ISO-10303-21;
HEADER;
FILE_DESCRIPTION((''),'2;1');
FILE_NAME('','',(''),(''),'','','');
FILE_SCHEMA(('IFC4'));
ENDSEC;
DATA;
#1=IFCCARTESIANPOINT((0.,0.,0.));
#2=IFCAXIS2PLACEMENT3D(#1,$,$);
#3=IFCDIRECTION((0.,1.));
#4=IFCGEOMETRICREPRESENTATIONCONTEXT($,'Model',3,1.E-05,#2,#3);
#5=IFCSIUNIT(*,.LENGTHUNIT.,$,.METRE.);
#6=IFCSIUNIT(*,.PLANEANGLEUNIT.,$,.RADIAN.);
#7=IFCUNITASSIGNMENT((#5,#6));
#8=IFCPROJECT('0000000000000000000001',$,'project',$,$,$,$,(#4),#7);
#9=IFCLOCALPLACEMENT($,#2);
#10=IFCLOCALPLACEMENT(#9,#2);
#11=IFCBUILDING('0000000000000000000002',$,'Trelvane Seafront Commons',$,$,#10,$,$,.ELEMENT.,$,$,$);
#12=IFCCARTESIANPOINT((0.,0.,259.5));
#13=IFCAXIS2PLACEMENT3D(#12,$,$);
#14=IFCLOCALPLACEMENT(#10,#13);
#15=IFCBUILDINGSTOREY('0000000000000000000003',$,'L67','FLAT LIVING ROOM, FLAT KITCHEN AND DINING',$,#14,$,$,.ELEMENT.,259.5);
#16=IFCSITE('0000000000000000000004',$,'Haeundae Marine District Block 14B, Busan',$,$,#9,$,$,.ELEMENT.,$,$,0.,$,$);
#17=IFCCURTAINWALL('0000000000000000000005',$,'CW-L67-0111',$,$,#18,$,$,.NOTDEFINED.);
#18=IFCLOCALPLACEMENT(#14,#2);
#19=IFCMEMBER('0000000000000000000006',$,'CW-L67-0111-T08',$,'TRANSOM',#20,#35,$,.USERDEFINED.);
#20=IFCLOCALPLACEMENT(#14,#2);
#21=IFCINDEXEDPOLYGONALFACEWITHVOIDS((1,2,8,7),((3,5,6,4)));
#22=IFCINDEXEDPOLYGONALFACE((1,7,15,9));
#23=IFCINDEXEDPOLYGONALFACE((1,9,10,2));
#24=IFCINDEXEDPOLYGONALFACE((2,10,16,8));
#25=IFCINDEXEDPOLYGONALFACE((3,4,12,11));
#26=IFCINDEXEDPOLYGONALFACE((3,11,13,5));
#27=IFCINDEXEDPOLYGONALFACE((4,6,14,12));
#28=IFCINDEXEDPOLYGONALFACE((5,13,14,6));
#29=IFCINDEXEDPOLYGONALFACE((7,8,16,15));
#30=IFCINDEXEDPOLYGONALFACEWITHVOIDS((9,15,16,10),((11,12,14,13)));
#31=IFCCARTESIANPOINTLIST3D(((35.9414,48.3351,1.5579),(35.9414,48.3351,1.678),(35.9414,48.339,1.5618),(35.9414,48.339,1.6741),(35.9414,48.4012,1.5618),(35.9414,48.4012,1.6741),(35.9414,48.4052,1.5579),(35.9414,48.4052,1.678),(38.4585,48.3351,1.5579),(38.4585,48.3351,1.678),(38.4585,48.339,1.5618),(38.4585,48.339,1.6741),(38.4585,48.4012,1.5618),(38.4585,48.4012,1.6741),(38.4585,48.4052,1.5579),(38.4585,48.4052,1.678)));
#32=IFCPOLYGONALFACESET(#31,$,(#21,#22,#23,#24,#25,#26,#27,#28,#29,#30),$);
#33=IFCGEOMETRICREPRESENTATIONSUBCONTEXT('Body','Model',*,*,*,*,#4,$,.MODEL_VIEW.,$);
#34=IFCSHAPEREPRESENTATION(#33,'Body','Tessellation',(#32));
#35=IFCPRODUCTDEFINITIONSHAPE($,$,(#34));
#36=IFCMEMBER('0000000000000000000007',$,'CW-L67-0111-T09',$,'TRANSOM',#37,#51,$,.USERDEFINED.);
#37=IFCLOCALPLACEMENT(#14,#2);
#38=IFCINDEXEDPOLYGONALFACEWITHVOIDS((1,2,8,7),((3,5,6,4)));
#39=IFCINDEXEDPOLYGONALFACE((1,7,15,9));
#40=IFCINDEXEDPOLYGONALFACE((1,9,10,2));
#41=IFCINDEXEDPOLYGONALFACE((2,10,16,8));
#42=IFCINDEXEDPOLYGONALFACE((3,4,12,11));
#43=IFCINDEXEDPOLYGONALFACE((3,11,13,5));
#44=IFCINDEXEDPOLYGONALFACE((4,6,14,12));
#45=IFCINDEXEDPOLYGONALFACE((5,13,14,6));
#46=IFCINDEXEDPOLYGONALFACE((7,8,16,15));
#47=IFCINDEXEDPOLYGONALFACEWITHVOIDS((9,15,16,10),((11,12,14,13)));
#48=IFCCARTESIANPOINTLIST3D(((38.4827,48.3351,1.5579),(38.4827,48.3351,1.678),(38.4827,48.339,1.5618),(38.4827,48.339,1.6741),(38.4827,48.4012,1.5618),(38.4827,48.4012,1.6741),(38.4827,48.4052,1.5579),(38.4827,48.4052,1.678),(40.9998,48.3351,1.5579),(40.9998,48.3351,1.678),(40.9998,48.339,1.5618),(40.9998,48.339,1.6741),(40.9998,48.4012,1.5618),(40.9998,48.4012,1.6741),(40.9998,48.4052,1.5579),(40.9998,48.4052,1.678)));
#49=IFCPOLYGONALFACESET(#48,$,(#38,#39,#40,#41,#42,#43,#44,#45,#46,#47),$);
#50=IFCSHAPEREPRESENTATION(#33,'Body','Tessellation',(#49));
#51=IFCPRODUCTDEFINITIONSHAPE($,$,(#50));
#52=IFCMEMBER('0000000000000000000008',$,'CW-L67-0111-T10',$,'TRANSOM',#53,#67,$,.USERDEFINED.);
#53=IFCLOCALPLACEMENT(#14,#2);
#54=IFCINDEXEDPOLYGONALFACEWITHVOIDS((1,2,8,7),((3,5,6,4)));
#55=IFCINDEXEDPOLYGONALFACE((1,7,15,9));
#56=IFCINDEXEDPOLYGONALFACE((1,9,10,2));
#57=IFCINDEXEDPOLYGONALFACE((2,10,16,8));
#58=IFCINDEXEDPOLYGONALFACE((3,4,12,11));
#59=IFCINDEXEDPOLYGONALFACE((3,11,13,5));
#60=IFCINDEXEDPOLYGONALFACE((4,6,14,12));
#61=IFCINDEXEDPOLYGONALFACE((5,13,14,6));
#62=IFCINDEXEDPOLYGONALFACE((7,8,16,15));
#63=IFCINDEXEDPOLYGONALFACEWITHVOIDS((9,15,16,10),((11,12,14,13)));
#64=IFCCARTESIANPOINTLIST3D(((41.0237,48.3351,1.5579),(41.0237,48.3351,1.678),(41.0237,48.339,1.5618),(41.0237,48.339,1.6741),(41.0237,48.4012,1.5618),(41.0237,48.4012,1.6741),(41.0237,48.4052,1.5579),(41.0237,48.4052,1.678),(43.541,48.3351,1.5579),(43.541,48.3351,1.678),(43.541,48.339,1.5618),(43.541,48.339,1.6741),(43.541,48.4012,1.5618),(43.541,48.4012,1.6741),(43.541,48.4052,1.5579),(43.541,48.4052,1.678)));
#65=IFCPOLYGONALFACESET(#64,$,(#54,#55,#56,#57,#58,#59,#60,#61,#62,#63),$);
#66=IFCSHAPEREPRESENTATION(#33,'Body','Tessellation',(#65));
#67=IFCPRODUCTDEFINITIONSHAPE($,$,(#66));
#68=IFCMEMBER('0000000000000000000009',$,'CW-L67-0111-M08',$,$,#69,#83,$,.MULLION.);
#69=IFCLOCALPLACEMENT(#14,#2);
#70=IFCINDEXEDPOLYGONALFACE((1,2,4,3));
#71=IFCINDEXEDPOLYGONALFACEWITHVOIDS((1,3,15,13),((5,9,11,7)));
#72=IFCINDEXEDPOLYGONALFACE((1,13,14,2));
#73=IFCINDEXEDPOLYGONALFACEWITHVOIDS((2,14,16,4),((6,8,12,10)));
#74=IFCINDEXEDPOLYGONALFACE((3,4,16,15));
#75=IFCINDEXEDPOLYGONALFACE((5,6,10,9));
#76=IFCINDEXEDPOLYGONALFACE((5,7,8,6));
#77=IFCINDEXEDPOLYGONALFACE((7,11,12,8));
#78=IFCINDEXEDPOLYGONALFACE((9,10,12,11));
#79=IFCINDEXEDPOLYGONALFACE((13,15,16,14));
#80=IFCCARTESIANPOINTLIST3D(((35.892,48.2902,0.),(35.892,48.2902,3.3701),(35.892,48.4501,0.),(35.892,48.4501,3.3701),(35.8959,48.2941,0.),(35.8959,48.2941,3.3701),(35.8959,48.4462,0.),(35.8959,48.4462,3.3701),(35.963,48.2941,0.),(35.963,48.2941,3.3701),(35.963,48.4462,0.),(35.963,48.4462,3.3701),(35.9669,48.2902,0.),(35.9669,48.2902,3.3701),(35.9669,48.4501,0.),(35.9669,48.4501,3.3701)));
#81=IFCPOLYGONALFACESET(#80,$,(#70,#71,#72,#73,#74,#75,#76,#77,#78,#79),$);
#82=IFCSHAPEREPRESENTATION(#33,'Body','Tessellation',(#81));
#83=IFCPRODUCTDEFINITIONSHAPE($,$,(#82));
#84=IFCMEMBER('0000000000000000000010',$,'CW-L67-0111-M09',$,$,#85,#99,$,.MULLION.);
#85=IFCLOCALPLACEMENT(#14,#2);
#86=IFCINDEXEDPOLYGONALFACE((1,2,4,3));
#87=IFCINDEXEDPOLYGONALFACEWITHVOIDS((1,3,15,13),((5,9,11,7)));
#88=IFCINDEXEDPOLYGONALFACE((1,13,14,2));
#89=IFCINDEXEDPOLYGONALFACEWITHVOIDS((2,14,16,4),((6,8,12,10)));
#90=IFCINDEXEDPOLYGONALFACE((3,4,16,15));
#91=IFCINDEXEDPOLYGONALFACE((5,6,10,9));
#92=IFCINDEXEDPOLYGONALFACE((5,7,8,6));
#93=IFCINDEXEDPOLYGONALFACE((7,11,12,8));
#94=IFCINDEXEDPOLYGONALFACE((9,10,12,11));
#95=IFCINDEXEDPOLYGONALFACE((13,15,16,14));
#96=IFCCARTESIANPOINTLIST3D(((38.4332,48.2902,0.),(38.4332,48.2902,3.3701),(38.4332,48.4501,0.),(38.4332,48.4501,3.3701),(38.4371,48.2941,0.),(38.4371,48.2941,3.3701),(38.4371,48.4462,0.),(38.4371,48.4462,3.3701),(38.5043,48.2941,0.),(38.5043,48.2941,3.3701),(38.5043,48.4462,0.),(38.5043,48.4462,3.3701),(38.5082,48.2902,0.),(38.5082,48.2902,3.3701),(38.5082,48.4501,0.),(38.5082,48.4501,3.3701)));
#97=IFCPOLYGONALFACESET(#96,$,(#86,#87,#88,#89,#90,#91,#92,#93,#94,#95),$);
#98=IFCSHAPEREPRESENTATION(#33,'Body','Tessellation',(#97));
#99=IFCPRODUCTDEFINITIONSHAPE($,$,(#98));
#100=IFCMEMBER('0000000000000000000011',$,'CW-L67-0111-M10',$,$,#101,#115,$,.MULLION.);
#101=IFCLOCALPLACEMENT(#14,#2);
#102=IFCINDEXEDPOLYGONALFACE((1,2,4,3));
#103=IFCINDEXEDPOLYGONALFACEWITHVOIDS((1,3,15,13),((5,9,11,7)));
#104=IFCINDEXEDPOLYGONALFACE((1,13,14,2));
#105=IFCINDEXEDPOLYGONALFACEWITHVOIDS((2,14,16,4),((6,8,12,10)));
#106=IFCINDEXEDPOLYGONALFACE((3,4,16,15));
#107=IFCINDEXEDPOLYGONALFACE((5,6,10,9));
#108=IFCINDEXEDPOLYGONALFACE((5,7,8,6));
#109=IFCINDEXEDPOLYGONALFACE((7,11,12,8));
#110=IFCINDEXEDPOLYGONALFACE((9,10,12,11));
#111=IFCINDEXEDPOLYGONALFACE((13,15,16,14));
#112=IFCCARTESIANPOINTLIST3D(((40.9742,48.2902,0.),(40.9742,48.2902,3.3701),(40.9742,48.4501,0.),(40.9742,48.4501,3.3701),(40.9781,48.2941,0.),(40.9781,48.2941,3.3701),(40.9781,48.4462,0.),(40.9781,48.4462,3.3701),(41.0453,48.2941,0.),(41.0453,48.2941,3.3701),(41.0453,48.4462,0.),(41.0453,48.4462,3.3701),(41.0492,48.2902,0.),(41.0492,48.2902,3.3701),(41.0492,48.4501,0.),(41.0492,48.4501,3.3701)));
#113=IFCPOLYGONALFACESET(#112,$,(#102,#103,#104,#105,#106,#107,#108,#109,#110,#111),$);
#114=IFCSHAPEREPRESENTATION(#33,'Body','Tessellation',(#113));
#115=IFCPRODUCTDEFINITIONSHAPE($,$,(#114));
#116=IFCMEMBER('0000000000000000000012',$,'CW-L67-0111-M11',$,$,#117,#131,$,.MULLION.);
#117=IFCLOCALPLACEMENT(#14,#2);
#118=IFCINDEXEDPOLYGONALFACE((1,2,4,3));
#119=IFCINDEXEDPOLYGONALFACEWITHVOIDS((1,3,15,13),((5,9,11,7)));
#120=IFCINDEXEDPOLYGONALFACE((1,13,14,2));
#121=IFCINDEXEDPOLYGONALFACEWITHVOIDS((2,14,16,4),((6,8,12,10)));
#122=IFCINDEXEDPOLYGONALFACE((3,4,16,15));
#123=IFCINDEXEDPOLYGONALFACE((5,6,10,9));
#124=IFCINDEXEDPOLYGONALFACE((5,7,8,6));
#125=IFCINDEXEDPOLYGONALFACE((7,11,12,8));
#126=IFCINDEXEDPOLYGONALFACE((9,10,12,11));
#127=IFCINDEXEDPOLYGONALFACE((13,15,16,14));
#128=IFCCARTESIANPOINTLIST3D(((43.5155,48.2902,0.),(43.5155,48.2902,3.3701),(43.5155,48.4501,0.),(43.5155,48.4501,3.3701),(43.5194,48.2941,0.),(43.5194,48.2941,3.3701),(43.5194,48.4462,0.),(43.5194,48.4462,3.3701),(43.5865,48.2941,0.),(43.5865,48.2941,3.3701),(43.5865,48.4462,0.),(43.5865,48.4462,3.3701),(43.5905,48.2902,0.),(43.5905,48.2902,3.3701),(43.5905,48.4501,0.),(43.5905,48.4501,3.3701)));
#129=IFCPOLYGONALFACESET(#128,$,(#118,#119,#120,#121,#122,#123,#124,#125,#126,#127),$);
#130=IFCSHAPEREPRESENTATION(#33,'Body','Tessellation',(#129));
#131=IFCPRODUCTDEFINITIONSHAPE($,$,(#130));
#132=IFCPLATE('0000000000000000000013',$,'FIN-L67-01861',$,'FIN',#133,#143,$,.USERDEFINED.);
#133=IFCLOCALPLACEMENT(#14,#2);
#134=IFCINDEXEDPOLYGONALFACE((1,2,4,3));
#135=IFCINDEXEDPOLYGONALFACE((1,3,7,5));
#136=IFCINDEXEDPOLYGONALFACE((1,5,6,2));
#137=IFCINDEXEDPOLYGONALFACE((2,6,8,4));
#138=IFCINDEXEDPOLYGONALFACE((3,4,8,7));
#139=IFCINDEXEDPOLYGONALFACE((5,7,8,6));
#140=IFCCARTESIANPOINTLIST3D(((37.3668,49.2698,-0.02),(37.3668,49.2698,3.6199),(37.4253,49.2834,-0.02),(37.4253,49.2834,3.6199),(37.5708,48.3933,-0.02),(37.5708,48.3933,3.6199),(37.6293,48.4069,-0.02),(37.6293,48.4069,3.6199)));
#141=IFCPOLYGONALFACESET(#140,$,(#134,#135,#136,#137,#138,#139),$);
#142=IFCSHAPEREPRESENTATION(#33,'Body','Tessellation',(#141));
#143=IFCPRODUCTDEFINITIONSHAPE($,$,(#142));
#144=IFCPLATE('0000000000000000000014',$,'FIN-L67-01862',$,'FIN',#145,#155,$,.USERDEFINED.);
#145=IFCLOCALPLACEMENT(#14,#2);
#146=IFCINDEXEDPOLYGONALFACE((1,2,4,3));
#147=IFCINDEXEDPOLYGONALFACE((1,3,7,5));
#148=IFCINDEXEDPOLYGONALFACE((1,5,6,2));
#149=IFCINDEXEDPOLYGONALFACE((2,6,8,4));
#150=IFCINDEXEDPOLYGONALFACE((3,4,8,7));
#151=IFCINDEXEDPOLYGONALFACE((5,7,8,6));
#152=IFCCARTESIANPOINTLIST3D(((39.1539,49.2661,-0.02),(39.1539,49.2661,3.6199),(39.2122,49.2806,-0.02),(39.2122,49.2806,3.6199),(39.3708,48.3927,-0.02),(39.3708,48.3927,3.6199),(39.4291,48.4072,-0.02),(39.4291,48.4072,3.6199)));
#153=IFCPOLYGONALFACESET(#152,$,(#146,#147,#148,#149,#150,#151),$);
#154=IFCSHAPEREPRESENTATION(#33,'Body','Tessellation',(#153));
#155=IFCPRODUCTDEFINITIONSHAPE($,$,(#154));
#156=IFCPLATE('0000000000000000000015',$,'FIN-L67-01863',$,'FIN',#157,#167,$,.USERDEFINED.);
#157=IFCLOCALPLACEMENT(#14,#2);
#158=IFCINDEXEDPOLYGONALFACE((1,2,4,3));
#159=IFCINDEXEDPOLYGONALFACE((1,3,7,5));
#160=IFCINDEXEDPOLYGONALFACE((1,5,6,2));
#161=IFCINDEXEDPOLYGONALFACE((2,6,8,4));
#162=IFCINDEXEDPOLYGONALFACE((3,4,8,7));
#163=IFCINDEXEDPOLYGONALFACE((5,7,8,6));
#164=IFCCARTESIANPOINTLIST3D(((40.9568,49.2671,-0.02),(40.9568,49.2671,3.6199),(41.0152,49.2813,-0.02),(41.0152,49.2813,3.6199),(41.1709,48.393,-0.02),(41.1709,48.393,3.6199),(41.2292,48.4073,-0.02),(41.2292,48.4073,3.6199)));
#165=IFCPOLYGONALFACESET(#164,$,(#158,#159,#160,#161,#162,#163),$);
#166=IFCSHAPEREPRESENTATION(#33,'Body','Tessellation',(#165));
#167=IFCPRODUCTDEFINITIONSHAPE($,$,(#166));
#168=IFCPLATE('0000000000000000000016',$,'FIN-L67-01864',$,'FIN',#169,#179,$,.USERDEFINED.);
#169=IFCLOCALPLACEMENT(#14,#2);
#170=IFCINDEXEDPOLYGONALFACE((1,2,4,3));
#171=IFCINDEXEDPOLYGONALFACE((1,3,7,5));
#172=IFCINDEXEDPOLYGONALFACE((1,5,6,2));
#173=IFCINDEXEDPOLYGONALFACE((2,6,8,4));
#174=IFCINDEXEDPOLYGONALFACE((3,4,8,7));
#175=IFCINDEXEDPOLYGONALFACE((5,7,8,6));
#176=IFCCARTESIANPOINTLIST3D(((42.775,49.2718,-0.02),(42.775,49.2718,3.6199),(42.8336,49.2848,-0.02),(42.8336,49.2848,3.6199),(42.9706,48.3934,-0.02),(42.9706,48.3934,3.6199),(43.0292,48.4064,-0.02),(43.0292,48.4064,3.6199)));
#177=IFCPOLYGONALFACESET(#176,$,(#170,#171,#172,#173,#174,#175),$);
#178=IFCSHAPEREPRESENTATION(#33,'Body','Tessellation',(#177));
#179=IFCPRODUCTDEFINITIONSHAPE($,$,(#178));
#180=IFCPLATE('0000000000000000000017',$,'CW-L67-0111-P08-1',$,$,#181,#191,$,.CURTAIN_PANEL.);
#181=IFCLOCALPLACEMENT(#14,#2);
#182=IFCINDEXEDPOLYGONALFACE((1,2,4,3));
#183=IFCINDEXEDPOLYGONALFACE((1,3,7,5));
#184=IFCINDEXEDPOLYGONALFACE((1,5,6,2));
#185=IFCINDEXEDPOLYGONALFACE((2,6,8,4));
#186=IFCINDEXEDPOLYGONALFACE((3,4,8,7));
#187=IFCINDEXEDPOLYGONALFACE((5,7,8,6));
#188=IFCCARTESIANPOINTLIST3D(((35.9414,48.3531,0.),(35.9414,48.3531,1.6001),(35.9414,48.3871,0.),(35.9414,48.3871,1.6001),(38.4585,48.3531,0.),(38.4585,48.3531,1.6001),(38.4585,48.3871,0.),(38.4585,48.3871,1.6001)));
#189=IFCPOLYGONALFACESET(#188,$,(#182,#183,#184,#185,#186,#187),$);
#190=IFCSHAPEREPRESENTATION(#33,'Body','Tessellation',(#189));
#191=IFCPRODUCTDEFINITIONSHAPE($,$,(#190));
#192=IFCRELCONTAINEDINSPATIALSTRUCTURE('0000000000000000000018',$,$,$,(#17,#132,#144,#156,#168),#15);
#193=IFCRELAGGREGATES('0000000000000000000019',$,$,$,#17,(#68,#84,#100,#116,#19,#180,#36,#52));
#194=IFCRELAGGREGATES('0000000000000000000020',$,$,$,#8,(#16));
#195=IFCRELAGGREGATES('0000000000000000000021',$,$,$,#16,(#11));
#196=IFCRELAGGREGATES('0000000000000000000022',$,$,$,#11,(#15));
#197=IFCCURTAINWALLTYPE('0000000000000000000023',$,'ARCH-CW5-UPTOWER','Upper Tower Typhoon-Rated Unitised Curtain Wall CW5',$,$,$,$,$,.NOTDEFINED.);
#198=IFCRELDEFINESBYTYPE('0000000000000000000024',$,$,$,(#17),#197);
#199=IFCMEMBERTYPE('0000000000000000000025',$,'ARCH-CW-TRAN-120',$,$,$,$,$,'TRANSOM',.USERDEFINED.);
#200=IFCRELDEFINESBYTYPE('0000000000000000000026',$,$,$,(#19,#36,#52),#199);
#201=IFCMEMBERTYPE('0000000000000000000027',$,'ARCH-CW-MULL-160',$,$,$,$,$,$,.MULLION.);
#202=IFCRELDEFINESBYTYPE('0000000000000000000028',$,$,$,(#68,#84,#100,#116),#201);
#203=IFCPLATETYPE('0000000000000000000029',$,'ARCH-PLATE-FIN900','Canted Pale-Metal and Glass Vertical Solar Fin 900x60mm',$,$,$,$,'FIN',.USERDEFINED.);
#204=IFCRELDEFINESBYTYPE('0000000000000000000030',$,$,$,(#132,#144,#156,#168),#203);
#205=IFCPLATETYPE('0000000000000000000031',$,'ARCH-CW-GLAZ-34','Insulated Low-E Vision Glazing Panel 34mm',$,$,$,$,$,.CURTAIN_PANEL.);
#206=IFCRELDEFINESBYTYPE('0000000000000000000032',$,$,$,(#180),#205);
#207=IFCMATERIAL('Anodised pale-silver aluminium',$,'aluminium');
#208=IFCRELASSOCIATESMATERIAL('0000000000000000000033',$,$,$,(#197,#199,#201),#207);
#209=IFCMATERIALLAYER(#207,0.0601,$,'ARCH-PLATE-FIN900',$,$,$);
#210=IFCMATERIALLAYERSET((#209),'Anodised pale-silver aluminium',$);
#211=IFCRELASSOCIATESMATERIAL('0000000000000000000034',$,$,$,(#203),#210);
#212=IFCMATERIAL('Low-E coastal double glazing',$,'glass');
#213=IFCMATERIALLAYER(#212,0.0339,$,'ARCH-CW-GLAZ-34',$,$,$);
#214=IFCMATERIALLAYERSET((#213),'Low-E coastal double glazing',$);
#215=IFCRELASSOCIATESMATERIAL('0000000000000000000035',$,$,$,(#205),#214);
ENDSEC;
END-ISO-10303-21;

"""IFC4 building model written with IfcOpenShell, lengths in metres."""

from ifc_helpers import new_model, si_unit, direction, frame, origin, origin_2d, place, context, subcontext, project, spatial, rectangle, hollow_rectangle, extrude, source, transform, mapped, material, layer, layer_set, material_profile, profile_set, type_object, element, aggregate, save


model = new_model("IFC4")

# Units and contexts
model_context = context("Model", 3, precision=1e-05, world=origin(), true_north=direction((0.0, 1.0)))
body_context = subcontext(model_context, "Body", "Model", "MODEL_VIEW")
ifc_project = project(units=[si_unit("LENGTHUNIT", "METRE"), si_unit("PLANEANGLEUNIT", "RADIAN")], contexts=[model_context])

# Site, building, storey
site_placement = place(None, origin())
site = spatial("IfcSite", under=ifc_project, at=site_placement, Name="Haeundae Marine District Block 14B, Busan", CompositionType="ELEMENT", RefElevation=0.0)
building_placement = place(site_placement, origin())
building = spatial("IfcBuilding", under=site, at=building_placement, Name="Trelvane Seafront Commons", CompositionType="ELEMENT")
storey_placement = place(building_placement, frame((0.0, 0.0, 259.5)))
storey = spatial("IfcBuildingStorey", under=building, at=storey_placement, Name="L67", Description="FLAT LIVING ROOM, FLAT KITCHEN AND DINING", CompositionType="ELEMENT", Elevation=259.5)

# Curtain wall, members
ifc_material_1 = material(Name="Anodised pale-silver aluminium", Category="aluminium")
curtain_wall_type = type_object("IfcCurtainWallType", Name="ARCH-CW5-UPTOWER", Description="Upper Tower Typhoon-Rated Unitised Curtain Wall CW5", PredefinedType="NOTDEFINED", material=ifc_material_1)
curtain_wall_placement = place(storey_placement, origin())
curtain_wall = element("IfcCurtainWall", 1, at=curtain_wall_placement, inside=storey, type_object=curtain_wall_type, Name="CW-L67-0111", PredefinedType="NOTDEFINED")
ifc_material_profile_1 = material_profile(ifc_material_1, hollow_rectangle(XDim=0.0701, YDim=0.1201, WallThickness=0.0039, at=origin_2d()), Name="TRAN-70x120x4")
ifc_profile_set_1 = profile_set([ifc_material_profile_1], Name="Anodised pale-silver aluminium")
member_type_1 = type_object("IfcMemberType", Name="ARCH-CW-TRAN-120", ElementType="TRANSOM", PredefinedType="USERDEFINED", material=ifc_profile_set_1)
shared_shape_1 = source(origin(), body_context, "Body", "SweptSolid", [
    extrude(hollow_rectangle(XDim=0.0701, YDim=0.1201, WallThickness=0.0039, at=origin_2d()), origin(), (0.0, 0.0, 1.0), 2.5171),
])
member_1_placement = place(storey_placement, frame((35.9414, 48.3701, 1.6179), z_axis=(1.0, 0.0, 0.0), x_axis=(0.0, 1.0, 0.0)))
member_1 = element("IfcMember", 2, at=member_1_placement, type_object=member_type_1, Name="CW-L67-0111-T08", ObjectType="TRANSOM", PredefinedType="USERDEFINED", context=body_context, shape_type="MappedRepresentation", body=[
    mapped(shared_shape_1, transform((0.0, 0.0, 0.0), x_axis=(1.0, 0.0, 0.0), y_axis=(0.0, 1.0, 0.0), z_axis=(0.0, 0.0, 1.0), scale=1.0)),
])
member_2_placement = place(storey_placement, frame((38.4827, 48.3701, 1.6179), z_axis=(1.0, 0.0, 0.0), x_axis=(0.0, 1.0, 0.0)))
member_2 = element("IfcMember", 3, at=member_2_placement, type_object=member_type_1, Name="CW-L67-0111-T09", ObjectType="TRANSOM", PredefinedType="USERDEFINED", context=body_context, shape_type="MappedRepresentation", body=[
    mapped(shared_shape_1, transform((0.0, 0.0, 0.0), x_axis=(1.0, 0.0, 0.0), y_axis=(0.0, 1.0, 0.0), z_axis=(0.0, 0.0, 1.0), scale=1.0)),
])
shared_shape_2 = source(origin(), body_context, "Body", "SweptSolid", [
    extrude(hollow_rectangle(XDim=0.0701, YDim=0.1201, WallThickness=0.0039, at=origin_2d()), origin(), (0.0, 0.0, 1.0), 2.5173),
])
member_3_placement = place(storey_placement, frame((41.0237, 48.3701, 1.6179), z_axis=(1.0, 0.0, 0.0), x_axis=(0.0, 1.0, 0.0)))
member_3 = element("IfcMember", 4, at=member_3_placement, type_object=member_type_1, Name="CW-L67-0111-T10", ObjectType="TRANSOM", PredefinedType="USERDEFINED", context=body_context, shape_type="MappedRepresentation", body=[
    mapped(shared_shape_2, transform((0.0, 0.0, 0.0), x_axis=(1.0, 0.0, 0.0), y_axis=(0.0, 1.0, 0.0), z_axis=(0.0, 0.0, 1.0), scale=1.0)),
])
ifc_material_profile_2 = material_profile(ifc_material_1, hollow_rectangle(XDim=0.075, YDim=0.1599, WallThickness=0.0039, at=origin_2d()), Name="MULL-75x160x4")
ifc_profile_set_2 = profile_set([ifc_material_profile_2], Name="Anodised pale-silver aluminium")
member_type_2 = type_object("IfcMemberType", Name="ARCH-CW-MULL-160", PredefinedType="MULLION", material=ifc_profile_set_2)
shared_shape_3 = source(origin(), body_context, "Body", "SweptSolid", [
    extrude(hollow_rectangle(XDim=0.075, YDim=0.1599, WallThickness=0.0039, at=origin_2d()), origin(), (0.0, 0.0, 1.0), 3.3701),
])
member_4_placement = place(storey_placement, frame((35.9294, 48.3701, 0.0), z_axis=(0.0, 0.0, 1.0), x_axis=(1.0, 0.0, 0.0)))
member_4 = element("IfcMember", 5, at=member_4_placement, type_object=member_type_2, Name="CW-L67-0111-M08", PredefinedType="MULLION", context=body_context, shape_type="MappedRepresentation", body=[
    mapped(shared_shape_3, transform((0.0, 0.0, 0.0), x_axis=(1.0, 0.0, 0.0), y_axis=(0.0, 1.0, 0.0), z_axis=(0.0, 0.0, 1.0), scale=1.0)),
])
member_5_placement = place(storey_placement, frame((38.4707, 48.3701, 0.0), z_axis=(0.0, 0.0, 1.0), x_axis=(1.0, 0.0, 0.0)))
member_5 = element("IfcMember", 6, at=member_5_placement, type_object=member_type_2, Name="CW-L67-0111-M09", PredefinedType="MULLION", context=body_context, shape_type="MappedRepresentation", body=[
    mapped(shared_shape_3, transform((0.0, 0.0, 0.0), x_axis=(1.0, 0.0, 0.0), y_axis=(0.0, 1.0, 0.0), z_axis=(0.0, 0.0, 1.0), scale=1.0)),
])
member_6_placement = place(storey_placement, frame((41.0117, 48.3701, 0.0), z_axis=(0.0, 0.0, 1.0), x_axis=(1.0, 0.0, 0.0)))
member_6 = element("IfcMember", 7, at=member_6_placement, type_object=member_type_2, Name="CW-L67-0111-M10", PredefinedType="MULLION", context=body_context, shape_type="MappedRepresentation", body=[
    mapped(shared_shape_3, transform((0.0, 0.0, 0.0), x_axis=(1.0, 0.0, 0.0), y_axis=(0.0, 1.0, 0.0), z_axis=(0.0, 0.0, 1.0), scale=1.0)),
])
member_7_placement = place(storey_placement, frame((43.553, 48.3701, 0.0), z_axis=(0.0, 0.0, 1.0), x_axis=(1.0, 0.0, 0.0)))
member_7 = element("IfcMember", 8, at=member_7_placement, type_object=member_type_2, Name="CW-L67-0111-M11", PredefinedType="MULLION", context=body_context, shape_type="MappedRepresentation", body=[
    mapped(shared_shape_3, transform((0.0, 0.0, 0.0), x_axis=(1.0, 0.0, 0.0), y_axis=(0.0, 1.0, 0.0), z_axis=(0.0, 0.0, 1.0), scale=1.0)),
])

# Plates
ifc_layer_1 = layer(ifc_material_1, 0.0601, Name="ARCH-PLATE-FIN900")
ifc_layer_set_1 = layer_set([ifc_layer_1], Name="Anodised pale-silver aluminium")
plate_type_1 = type_object("IfcPlateType", Name="ARCH-PLATE-FIN900", Description="Canted Pale-Metal and Glass Vertical Solar Fin 900x60mm", ElementType="FIN", PredefinedType="USERDEFINED", material=ifc_layer_set_1)
shared_shape_4 = source(origin(), body_context, "Body", "SweptSolid", [
    extrude(rectangle(XDim=0.8999, YDim=0.0601, at=origin_2d()), origin(), (0.0, 0.0, 1.0), 3.6399),
])
for number, where, z_axis, x_axis, name in (
    (9, (37.498, 48.8384, -0.02), (0.0, 0.0, 1.0), (-0.22666, 0.973974, 0.0), "FIN-L67-01861"),
    (10, (39.2915, 48.8367, -0.02), (0.0, 0.0, 1.0), (-0.240992, 0.970527, 0.0), "FIN-L67-01862"),
    (11, (41.093, 48.8372, -0.02), (0.0, 0.0, 1.0), (-0.237879, 0.971295, 0.0), "FIN-L67-01863"),
    (12, (42.9021, 48.8391, -0.02), (0.0, 0.0, 1.0), (-0.217331, 0.976098, 0.0), "FIN-L67-01864"),
):
    element("IfcPlate", number, at=place(storey_placement, frame(where, z_axis=z_axis, x_axis=x_axis)), inside=storey, type_object=plate_type_1, Name=name, ObjectType="FIN", PredefinedType="USERDEFINED", context=body_context, shape_type="MappedRepresentation", body=[
        mapped(shared_shape_4, transform((0.0, 0.0, 0.0), x_axis=(1.0, 0.0, 0.0), y_axis=(0.0, 1.0, 0.0), z_axis=(0.0, 0.0, 1.0), scale=1.0)),
    ])

# Plate
ifc_material_2 = material(Name="Low-E coastal double glazing", Category="glass")
ifc_layer_2 = layer(ifc_material_2, 0.0339, Name="ARCH-CW-GLAZ-34")
ifc_layer_set_2 = layer_set([ifc_layer_2], Name="Low-E coastal double glazing")
plate_type_2 = type_object("IfcPlateType", Name="ARCH-CW-GLAZ-34", Description="Insulated Low-E Vision Glazing Panel 34mm", PredefinedType="CURTAIN_PANEL", material=ifc_layer_set_2)
shared_shape_5 = source(origin(), body_context, "Body", "SweptSolid", [
    extrude(rectangle(XDim=2.5171, YDim=0.0339, at=origin_2d()), origin(), (0.0, 0.0, 1.0), 1.6001),
])
plate_1_placement = place(storey_placement, frame((37.2, 48.3701, 0.0), z_axis=(0.0, 0.0, 1.0), x_axis=(1.0, 0.0, 0.0)))
plate_1 = element("IfcPlate", 13, at=plate_1_placement, type_object=plate_type_2, Name="CW-L67-0111-P08-1", PredefinedType="CURTAIN_PANEL", context=body_context, shape_type="MappedRepresentation", body=[
    mapped(shared_shape_5, transform((0.0, 0.0, 0.0), x_axis=(1.0, 0.0, 0.0), y_axis=(0.0, 1.0, 0.0), z_axis=(0.0, 0.0, 1.0), scale=1.0)),
])
aggregate(curtain_wall, [member_4, member_5, member_6, member_7, member_1, plate_1, member_2, member_3])

save(model, "model.ifc")
